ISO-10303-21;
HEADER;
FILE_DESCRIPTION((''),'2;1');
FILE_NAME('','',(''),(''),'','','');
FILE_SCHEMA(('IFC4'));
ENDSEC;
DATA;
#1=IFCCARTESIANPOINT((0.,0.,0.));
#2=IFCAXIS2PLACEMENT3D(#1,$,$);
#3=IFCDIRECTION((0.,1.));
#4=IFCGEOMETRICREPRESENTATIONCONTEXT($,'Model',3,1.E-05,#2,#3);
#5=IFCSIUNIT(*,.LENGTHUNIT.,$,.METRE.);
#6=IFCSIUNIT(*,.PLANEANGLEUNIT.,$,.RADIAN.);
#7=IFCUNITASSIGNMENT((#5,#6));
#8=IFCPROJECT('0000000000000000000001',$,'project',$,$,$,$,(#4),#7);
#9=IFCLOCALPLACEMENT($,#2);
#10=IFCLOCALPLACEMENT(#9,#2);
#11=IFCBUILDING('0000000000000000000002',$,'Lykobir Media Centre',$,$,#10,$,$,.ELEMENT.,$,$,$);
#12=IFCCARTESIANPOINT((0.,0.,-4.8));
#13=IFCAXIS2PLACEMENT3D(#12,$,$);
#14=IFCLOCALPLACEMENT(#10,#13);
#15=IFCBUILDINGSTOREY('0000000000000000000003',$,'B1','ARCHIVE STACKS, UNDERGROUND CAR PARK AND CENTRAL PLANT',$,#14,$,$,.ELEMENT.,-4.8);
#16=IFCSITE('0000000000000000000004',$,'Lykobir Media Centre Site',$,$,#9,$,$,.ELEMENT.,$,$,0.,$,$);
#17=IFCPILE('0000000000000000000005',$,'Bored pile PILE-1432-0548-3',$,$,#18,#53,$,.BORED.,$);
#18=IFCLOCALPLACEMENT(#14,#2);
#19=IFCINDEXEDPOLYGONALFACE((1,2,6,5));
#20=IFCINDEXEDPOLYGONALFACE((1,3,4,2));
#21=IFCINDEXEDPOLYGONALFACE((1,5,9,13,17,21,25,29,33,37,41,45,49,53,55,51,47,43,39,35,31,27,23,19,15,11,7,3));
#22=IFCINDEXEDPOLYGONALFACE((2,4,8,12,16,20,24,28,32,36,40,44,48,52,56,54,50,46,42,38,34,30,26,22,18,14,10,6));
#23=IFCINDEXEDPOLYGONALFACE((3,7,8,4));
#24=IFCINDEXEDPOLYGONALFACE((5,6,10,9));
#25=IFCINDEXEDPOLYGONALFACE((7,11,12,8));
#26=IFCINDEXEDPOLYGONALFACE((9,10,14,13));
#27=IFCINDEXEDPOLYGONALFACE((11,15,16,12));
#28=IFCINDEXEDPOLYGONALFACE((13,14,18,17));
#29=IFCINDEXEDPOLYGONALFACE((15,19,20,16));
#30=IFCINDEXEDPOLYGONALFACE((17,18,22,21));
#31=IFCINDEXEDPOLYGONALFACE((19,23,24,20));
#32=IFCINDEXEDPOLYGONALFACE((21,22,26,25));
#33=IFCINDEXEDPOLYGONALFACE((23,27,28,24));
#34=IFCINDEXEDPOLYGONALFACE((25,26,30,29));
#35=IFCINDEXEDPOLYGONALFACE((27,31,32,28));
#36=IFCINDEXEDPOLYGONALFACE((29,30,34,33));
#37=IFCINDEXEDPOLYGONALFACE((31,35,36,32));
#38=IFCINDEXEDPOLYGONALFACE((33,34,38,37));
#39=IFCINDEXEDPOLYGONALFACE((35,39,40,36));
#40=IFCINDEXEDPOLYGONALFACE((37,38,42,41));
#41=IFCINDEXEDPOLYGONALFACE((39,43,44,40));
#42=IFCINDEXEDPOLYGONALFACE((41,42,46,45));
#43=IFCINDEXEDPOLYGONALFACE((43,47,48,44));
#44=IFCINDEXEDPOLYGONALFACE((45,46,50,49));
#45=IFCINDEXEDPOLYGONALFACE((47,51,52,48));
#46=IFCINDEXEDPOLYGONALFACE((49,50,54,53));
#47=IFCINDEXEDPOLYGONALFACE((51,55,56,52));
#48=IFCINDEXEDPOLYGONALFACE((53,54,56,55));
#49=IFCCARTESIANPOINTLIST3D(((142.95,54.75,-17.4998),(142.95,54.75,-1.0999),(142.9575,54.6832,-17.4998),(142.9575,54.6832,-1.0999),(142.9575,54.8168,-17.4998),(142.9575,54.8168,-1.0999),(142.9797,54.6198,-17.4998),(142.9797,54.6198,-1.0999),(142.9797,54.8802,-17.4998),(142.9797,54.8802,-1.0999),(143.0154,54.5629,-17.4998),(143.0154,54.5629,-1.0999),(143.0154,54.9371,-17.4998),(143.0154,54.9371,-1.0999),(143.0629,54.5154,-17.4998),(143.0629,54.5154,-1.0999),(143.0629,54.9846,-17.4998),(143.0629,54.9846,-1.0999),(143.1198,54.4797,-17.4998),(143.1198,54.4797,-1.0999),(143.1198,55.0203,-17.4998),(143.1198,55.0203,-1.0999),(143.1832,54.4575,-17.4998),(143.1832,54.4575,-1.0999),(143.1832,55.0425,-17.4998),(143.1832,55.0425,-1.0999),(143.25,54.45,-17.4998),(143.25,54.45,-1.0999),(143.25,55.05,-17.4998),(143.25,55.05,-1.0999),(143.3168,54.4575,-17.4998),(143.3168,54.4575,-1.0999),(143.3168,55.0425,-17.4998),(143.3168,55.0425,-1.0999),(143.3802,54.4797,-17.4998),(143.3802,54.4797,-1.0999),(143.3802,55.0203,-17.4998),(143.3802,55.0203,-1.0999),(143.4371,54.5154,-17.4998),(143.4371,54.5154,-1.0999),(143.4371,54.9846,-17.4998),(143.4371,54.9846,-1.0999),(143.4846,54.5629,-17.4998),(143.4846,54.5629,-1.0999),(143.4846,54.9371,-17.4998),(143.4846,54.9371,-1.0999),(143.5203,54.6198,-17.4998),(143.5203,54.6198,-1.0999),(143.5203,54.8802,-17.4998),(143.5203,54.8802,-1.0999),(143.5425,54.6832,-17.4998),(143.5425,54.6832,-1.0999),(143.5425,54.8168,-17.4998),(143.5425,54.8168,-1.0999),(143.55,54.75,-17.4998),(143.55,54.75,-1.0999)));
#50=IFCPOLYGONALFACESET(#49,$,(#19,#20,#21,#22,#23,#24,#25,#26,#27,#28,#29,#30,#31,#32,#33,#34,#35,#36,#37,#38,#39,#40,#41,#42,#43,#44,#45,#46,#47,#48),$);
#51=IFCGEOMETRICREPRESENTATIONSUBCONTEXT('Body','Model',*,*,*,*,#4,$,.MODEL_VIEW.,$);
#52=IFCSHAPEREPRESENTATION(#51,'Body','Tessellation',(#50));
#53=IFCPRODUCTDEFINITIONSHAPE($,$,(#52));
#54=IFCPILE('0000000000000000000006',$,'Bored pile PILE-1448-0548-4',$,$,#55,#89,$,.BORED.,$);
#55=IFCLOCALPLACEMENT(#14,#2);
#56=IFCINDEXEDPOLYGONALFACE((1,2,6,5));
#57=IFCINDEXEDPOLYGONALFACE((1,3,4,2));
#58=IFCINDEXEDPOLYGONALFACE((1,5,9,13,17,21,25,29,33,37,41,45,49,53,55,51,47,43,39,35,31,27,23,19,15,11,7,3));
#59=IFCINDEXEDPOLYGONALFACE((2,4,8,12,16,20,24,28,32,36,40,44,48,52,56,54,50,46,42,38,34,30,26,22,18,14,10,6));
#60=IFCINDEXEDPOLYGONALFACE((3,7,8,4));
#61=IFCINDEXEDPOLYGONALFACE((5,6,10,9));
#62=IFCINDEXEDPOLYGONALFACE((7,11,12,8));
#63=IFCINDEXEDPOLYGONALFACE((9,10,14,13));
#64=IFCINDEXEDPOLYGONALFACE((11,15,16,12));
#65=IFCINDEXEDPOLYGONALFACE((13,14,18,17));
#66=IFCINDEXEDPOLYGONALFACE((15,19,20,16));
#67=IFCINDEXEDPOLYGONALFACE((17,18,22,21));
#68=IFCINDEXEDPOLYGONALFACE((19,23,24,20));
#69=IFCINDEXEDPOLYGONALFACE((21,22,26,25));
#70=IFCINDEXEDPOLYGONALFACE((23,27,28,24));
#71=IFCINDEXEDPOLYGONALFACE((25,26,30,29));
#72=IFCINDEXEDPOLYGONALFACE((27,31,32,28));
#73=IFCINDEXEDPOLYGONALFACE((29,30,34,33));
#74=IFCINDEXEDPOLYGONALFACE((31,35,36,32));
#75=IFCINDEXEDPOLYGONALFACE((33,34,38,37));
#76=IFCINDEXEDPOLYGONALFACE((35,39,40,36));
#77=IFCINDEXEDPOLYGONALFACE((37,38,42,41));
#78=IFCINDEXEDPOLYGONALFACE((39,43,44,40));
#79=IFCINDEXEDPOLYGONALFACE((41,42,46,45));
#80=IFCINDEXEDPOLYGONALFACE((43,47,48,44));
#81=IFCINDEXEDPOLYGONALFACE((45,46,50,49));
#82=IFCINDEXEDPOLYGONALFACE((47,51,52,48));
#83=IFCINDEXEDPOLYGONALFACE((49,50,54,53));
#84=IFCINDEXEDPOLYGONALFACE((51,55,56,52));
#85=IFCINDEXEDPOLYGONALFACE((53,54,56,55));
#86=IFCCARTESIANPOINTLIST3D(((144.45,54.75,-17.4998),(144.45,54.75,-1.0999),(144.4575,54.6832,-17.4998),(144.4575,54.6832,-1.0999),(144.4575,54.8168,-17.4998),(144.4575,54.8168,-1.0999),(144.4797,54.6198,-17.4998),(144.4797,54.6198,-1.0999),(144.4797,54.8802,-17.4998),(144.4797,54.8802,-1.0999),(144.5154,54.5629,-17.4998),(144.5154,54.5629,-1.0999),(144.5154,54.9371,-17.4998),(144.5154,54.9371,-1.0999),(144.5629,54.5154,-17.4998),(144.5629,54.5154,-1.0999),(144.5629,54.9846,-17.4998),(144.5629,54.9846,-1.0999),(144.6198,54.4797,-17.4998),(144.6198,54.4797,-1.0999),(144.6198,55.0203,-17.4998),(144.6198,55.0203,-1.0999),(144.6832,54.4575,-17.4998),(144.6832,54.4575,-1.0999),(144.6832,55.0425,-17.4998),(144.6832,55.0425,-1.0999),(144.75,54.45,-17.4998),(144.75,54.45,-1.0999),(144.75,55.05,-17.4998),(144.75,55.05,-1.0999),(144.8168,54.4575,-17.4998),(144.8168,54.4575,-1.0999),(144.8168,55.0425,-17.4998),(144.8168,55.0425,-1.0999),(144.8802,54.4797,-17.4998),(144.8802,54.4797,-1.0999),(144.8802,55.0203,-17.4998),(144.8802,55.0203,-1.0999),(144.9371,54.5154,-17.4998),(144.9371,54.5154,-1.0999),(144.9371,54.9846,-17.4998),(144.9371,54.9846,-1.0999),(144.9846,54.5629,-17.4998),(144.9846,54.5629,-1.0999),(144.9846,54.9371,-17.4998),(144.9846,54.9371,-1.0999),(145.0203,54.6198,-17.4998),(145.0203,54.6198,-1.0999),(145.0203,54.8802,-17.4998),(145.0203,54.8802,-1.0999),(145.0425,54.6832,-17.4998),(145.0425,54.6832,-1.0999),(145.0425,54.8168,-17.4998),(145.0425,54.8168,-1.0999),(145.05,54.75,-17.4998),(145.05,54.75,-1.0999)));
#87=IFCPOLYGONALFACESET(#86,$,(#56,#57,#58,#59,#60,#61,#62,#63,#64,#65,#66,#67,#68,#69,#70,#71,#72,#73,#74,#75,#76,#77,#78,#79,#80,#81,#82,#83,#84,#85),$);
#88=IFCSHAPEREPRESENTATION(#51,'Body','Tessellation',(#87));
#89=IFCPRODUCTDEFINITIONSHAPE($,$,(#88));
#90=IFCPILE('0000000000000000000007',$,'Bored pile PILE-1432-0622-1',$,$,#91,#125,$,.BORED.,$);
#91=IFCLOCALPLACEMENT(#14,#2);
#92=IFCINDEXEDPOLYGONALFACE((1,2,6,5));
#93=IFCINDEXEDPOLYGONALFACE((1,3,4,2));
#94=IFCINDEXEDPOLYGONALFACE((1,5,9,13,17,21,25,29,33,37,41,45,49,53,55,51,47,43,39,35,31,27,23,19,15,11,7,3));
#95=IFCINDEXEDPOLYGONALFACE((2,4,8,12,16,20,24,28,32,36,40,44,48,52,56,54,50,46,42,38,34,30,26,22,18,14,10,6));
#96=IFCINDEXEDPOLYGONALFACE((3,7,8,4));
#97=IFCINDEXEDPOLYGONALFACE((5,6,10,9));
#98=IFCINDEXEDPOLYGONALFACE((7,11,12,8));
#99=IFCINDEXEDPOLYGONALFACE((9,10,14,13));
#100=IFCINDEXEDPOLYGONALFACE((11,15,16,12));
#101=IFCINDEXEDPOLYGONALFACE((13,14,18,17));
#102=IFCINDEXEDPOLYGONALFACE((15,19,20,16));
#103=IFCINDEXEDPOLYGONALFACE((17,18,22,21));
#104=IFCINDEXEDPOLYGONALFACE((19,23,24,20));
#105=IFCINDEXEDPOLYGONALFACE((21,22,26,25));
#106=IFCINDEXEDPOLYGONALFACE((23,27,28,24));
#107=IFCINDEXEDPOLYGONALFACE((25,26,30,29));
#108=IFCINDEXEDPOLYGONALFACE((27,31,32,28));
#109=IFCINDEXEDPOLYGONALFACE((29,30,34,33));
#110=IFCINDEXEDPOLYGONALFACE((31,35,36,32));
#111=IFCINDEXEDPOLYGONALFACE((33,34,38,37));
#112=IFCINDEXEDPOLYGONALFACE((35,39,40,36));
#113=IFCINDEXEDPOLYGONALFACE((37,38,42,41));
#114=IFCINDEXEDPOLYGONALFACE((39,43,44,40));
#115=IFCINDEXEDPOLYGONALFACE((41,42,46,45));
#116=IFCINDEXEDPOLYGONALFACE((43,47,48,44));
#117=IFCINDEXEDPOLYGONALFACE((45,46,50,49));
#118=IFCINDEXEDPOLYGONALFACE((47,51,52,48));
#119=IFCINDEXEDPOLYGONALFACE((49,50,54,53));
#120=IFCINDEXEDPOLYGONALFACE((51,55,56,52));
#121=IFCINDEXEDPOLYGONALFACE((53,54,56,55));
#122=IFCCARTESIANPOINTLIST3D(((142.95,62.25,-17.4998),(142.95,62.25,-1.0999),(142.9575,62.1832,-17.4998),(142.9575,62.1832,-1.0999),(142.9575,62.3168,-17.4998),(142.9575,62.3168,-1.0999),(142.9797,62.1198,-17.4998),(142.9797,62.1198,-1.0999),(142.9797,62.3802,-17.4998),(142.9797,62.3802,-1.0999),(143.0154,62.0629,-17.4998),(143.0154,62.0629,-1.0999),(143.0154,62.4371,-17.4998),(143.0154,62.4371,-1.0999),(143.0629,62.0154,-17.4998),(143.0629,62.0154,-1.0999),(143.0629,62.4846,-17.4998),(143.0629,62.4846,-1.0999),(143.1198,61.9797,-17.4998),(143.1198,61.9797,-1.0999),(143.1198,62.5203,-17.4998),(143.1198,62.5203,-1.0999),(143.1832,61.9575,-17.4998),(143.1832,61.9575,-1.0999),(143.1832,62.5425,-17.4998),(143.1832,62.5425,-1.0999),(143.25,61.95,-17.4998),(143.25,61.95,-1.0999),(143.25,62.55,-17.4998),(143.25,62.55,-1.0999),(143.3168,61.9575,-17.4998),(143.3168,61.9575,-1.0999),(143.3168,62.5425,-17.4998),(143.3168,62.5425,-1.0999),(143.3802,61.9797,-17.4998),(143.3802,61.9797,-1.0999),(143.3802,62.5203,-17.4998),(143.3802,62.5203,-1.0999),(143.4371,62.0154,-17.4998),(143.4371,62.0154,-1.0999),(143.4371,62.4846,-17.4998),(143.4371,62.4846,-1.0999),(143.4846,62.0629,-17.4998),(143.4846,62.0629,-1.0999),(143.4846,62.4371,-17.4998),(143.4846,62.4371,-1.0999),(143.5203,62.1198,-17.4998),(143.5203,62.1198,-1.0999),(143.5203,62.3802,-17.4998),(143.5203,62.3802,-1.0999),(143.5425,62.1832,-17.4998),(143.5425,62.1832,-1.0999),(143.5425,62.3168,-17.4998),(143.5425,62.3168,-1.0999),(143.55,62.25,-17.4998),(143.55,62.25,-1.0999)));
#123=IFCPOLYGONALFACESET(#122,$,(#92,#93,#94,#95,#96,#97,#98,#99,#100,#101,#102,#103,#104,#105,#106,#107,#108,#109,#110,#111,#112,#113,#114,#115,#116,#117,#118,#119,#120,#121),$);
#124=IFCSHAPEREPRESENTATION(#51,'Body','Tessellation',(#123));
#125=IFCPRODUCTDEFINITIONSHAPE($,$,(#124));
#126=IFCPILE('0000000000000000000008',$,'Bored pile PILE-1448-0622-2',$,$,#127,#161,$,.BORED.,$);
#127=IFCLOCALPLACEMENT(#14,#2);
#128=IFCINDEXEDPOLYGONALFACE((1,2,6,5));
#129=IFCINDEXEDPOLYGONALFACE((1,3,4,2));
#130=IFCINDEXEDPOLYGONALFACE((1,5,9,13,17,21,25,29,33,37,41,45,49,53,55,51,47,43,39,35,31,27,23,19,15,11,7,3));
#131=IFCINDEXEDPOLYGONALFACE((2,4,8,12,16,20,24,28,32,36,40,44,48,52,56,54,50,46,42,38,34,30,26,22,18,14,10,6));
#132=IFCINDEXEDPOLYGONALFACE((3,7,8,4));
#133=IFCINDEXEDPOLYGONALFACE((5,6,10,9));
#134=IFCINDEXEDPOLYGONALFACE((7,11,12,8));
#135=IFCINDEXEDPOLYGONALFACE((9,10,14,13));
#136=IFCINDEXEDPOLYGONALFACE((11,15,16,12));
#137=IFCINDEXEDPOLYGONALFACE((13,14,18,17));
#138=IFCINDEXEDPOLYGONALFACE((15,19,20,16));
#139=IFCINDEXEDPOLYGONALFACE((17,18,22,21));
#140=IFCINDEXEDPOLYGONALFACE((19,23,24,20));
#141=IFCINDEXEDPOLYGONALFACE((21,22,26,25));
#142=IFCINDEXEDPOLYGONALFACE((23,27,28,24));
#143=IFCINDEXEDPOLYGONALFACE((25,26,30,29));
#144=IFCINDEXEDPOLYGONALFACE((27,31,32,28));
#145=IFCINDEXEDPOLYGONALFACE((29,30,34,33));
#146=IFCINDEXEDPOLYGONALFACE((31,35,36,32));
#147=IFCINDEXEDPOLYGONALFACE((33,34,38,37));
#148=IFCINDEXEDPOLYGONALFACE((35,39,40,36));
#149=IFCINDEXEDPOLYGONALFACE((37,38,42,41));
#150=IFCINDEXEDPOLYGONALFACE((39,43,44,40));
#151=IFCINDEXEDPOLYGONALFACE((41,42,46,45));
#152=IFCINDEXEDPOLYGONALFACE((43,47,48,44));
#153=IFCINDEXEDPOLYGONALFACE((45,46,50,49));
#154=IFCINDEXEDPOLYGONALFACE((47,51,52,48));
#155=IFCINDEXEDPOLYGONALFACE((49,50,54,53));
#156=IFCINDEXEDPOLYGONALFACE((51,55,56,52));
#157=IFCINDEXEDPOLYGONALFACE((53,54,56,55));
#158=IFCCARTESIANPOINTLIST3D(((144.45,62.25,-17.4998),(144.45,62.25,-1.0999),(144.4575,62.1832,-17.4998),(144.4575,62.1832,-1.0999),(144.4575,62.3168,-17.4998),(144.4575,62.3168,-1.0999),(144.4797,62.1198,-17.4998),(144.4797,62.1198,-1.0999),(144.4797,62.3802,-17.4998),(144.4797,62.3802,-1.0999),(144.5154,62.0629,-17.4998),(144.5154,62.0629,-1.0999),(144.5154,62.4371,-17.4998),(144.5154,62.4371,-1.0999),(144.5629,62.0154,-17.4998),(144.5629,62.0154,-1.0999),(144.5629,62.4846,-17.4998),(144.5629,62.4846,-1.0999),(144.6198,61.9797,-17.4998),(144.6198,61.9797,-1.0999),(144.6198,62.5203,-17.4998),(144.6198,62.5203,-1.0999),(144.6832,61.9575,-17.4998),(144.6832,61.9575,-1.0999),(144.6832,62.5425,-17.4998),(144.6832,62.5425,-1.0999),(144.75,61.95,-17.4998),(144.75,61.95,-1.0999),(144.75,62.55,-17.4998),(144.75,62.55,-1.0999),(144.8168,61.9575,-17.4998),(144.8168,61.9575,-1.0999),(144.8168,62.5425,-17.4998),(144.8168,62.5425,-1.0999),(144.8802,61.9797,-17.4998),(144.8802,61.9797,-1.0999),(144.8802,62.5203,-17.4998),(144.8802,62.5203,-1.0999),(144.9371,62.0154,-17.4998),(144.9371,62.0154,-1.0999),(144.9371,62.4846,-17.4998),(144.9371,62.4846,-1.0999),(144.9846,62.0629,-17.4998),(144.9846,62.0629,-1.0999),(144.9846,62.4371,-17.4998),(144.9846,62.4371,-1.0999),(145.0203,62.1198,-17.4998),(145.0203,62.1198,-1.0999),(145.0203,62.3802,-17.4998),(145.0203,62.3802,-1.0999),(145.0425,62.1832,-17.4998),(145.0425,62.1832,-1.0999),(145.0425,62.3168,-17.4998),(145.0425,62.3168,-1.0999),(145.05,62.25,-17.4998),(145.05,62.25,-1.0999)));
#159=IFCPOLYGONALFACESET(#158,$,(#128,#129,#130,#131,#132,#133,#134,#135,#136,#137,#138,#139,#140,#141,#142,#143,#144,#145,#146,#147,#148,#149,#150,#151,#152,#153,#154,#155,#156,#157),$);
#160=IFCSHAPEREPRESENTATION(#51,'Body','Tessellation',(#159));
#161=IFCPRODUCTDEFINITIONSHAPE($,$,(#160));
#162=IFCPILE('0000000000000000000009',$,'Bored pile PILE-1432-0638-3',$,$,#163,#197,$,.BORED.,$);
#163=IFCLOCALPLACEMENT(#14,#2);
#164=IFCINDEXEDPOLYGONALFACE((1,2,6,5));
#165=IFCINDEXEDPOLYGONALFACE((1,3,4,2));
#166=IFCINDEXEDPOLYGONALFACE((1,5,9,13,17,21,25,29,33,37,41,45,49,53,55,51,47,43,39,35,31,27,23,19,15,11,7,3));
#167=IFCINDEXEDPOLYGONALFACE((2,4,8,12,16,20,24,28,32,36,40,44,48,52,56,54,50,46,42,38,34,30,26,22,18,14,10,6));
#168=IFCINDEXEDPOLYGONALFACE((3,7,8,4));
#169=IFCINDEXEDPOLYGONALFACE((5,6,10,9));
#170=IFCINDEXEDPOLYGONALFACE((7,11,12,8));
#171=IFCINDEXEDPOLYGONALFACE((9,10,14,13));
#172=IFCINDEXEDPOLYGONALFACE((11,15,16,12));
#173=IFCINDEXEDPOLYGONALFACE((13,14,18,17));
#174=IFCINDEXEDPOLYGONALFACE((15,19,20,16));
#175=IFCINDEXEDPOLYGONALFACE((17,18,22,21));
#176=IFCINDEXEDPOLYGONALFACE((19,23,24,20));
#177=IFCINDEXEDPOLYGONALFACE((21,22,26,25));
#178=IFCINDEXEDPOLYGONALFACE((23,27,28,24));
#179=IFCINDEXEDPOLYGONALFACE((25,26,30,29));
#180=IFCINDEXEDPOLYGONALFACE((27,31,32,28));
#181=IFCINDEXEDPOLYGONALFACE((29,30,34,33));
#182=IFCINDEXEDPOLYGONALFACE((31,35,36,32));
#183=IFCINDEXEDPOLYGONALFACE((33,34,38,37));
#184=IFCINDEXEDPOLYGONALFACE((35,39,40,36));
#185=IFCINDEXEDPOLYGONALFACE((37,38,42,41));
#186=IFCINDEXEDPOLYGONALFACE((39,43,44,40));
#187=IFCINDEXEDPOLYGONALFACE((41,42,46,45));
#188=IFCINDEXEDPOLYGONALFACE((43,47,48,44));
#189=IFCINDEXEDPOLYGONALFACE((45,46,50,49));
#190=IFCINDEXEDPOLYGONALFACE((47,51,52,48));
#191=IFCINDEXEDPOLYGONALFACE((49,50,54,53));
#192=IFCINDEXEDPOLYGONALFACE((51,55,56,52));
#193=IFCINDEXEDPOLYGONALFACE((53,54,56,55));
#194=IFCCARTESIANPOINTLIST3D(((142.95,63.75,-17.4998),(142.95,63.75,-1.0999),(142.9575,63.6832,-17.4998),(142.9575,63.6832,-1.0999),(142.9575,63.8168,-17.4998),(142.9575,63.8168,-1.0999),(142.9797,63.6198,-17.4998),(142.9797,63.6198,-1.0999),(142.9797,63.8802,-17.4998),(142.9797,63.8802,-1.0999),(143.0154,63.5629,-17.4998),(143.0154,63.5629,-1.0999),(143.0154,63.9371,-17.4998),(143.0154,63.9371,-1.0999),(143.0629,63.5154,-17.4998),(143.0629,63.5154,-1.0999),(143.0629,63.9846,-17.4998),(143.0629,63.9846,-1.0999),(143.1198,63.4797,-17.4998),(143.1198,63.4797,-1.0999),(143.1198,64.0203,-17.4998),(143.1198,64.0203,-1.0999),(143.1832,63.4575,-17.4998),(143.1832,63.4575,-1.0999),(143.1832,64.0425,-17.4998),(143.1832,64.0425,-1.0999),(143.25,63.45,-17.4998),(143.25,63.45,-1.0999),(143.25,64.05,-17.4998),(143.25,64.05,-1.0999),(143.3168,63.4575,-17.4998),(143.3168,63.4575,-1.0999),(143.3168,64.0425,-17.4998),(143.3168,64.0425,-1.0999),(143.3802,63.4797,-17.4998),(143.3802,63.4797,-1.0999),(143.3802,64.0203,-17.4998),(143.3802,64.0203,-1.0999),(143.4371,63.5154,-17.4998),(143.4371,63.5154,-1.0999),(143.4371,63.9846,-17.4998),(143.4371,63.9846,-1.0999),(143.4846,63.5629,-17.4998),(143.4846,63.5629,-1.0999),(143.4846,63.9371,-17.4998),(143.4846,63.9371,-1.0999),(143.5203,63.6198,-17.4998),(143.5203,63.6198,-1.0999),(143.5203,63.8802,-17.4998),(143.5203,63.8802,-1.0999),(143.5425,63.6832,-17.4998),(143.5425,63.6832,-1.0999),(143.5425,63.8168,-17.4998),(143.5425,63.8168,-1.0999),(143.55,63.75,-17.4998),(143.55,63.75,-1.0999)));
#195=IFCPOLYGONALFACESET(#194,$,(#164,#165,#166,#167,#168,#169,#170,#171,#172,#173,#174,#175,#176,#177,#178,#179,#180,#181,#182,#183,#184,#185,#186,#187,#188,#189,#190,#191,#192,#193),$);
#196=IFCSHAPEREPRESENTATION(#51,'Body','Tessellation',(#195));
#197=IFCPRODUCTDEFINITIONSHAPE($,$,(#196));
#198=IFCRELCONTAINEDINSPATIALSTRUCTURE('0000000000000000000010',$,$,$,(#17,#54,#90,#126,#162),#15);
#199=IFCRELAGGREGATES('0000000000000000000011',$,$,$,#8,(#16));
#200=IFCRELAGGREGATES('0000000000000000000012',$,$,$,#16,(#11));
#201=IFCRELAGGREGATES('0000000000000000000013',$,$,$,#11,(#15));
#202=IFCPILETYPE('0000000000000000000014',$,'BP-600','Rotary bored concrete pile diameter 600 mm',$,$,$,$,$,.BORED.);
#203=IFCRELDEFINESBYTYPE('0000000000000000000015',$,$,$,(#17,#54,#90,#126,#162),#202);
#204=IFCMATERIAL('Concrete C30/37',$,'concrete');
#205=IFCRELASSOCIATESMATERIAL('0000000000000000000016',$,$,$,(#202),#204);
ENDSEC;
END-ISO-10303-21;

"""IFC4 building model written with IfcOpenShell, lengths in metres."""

from ifc_helpers import new_model, si_unit, direction, frame, origin, origin_2d, place, context, subcontext, project, spatial, circle, extrude, material, material_profile, profile_set, type_object, element, save


model = new_model("IFC4")

# Units and contexts
model_context = context("Model", 3, precision=1e-05, world=origin(), true_north=direction((0.0, 1.0)))
body_context = subcontext(model_context, "Body", "Model", "MODEL_VIEW")
ifc_project = project(units=[si_unit("LENGTHUNIT", "METRE"), si_unit("PLANEANGLEUNIT", "RADIAN")], contexts=[model_context])

# Site, building, storey
site_placement = place(None, origin())
site = spatial("IfcSite", under=ifc_project, at=site_placement, Name="Lykobir Media Centre Site", CompositionType="ELEMENT", RefElevation=0.0)
building_placement = place(site_placement, origin())
building = spatial("IfcBuilding", under=site, at=building_placement, Name="Lykobir Media Centre", CompositionType="ELEMENT")
storey_placement = place(building_placement, frame((0.0, 0.0, -4.8)))
storey = spatial("IfcBuildingStorey", under=building, at=storey_placement, Name="B1", Description="ARCHIVE STACKS, UNDERGROUND CAR PARK AND CENTRAL PLANT", CompositionType="ELEMENT", Elevation=-4.8)

# Piles
ifc_material_1 = material(Name="Concrete C30/37", Category="concrete")
ifc_material_profile_1 = material_profile(ifc_material_1, circle(Radius=0.3, at=origin_2d()), Name="BORED PILE D600")
ifc_profile_set_1 = profile_set([ifc_material_profile_1], Name="Concrete C30/37")
pile_type_1 = type_object("IfcPileType", Name="BP-600", Description="Rotary bored concrete pile diameter 600 mm", PredefinedType="BORED", material=ifc_profile_set_1)
for number, where, z_axis, x_axis, name in (
    (1, (143.25, 54.75, -1.0999), (0.0, 0.0, -1.0), (1.0, 0.0, 0.0), "Bored pile PILE-1432-0548-3"),
    (2, (144.75, 54.75, -1.0999), (0.0, 0.0, -1.0), (1.0, 0.0, 0.0), "Bored pile PILE-1448-0548-4"),
    (3, (143.25, 62.25, -1.0999), (0.0, 0.0, -1.0), (1.0, 0.0, 0.0), "Bored pile PILE-1432-0622-1"),
    (4, (144.75, 62.25, -1.0999), (0.0, 0.0, -1.0), (1.0, 0.0, 0.0), "Bored pile PILE-1448-0622-2"),
    (5, (143.25, 63.75, -1.0999), (0.0, 0.0, -1.0), (1.0, 0.0, 0.0), "Bored pile PILE-1432-0638-3"),
):
    element("IfcPile", number, at=place(storey_placement, frame(where, z_axis=z_axis, x_axis=x_axis)), inside=storey, type_object=pile_type_1, Name=name, PredefinedType="BORED", context=body_context, shape_type="SweptSolid", body=[
        extrude(circle(Radius=0.3, at=origin_2d()), origin(), (0.0, 0.0, 1.0), 16.3999),
    ])

save(model, "model.ifc")
